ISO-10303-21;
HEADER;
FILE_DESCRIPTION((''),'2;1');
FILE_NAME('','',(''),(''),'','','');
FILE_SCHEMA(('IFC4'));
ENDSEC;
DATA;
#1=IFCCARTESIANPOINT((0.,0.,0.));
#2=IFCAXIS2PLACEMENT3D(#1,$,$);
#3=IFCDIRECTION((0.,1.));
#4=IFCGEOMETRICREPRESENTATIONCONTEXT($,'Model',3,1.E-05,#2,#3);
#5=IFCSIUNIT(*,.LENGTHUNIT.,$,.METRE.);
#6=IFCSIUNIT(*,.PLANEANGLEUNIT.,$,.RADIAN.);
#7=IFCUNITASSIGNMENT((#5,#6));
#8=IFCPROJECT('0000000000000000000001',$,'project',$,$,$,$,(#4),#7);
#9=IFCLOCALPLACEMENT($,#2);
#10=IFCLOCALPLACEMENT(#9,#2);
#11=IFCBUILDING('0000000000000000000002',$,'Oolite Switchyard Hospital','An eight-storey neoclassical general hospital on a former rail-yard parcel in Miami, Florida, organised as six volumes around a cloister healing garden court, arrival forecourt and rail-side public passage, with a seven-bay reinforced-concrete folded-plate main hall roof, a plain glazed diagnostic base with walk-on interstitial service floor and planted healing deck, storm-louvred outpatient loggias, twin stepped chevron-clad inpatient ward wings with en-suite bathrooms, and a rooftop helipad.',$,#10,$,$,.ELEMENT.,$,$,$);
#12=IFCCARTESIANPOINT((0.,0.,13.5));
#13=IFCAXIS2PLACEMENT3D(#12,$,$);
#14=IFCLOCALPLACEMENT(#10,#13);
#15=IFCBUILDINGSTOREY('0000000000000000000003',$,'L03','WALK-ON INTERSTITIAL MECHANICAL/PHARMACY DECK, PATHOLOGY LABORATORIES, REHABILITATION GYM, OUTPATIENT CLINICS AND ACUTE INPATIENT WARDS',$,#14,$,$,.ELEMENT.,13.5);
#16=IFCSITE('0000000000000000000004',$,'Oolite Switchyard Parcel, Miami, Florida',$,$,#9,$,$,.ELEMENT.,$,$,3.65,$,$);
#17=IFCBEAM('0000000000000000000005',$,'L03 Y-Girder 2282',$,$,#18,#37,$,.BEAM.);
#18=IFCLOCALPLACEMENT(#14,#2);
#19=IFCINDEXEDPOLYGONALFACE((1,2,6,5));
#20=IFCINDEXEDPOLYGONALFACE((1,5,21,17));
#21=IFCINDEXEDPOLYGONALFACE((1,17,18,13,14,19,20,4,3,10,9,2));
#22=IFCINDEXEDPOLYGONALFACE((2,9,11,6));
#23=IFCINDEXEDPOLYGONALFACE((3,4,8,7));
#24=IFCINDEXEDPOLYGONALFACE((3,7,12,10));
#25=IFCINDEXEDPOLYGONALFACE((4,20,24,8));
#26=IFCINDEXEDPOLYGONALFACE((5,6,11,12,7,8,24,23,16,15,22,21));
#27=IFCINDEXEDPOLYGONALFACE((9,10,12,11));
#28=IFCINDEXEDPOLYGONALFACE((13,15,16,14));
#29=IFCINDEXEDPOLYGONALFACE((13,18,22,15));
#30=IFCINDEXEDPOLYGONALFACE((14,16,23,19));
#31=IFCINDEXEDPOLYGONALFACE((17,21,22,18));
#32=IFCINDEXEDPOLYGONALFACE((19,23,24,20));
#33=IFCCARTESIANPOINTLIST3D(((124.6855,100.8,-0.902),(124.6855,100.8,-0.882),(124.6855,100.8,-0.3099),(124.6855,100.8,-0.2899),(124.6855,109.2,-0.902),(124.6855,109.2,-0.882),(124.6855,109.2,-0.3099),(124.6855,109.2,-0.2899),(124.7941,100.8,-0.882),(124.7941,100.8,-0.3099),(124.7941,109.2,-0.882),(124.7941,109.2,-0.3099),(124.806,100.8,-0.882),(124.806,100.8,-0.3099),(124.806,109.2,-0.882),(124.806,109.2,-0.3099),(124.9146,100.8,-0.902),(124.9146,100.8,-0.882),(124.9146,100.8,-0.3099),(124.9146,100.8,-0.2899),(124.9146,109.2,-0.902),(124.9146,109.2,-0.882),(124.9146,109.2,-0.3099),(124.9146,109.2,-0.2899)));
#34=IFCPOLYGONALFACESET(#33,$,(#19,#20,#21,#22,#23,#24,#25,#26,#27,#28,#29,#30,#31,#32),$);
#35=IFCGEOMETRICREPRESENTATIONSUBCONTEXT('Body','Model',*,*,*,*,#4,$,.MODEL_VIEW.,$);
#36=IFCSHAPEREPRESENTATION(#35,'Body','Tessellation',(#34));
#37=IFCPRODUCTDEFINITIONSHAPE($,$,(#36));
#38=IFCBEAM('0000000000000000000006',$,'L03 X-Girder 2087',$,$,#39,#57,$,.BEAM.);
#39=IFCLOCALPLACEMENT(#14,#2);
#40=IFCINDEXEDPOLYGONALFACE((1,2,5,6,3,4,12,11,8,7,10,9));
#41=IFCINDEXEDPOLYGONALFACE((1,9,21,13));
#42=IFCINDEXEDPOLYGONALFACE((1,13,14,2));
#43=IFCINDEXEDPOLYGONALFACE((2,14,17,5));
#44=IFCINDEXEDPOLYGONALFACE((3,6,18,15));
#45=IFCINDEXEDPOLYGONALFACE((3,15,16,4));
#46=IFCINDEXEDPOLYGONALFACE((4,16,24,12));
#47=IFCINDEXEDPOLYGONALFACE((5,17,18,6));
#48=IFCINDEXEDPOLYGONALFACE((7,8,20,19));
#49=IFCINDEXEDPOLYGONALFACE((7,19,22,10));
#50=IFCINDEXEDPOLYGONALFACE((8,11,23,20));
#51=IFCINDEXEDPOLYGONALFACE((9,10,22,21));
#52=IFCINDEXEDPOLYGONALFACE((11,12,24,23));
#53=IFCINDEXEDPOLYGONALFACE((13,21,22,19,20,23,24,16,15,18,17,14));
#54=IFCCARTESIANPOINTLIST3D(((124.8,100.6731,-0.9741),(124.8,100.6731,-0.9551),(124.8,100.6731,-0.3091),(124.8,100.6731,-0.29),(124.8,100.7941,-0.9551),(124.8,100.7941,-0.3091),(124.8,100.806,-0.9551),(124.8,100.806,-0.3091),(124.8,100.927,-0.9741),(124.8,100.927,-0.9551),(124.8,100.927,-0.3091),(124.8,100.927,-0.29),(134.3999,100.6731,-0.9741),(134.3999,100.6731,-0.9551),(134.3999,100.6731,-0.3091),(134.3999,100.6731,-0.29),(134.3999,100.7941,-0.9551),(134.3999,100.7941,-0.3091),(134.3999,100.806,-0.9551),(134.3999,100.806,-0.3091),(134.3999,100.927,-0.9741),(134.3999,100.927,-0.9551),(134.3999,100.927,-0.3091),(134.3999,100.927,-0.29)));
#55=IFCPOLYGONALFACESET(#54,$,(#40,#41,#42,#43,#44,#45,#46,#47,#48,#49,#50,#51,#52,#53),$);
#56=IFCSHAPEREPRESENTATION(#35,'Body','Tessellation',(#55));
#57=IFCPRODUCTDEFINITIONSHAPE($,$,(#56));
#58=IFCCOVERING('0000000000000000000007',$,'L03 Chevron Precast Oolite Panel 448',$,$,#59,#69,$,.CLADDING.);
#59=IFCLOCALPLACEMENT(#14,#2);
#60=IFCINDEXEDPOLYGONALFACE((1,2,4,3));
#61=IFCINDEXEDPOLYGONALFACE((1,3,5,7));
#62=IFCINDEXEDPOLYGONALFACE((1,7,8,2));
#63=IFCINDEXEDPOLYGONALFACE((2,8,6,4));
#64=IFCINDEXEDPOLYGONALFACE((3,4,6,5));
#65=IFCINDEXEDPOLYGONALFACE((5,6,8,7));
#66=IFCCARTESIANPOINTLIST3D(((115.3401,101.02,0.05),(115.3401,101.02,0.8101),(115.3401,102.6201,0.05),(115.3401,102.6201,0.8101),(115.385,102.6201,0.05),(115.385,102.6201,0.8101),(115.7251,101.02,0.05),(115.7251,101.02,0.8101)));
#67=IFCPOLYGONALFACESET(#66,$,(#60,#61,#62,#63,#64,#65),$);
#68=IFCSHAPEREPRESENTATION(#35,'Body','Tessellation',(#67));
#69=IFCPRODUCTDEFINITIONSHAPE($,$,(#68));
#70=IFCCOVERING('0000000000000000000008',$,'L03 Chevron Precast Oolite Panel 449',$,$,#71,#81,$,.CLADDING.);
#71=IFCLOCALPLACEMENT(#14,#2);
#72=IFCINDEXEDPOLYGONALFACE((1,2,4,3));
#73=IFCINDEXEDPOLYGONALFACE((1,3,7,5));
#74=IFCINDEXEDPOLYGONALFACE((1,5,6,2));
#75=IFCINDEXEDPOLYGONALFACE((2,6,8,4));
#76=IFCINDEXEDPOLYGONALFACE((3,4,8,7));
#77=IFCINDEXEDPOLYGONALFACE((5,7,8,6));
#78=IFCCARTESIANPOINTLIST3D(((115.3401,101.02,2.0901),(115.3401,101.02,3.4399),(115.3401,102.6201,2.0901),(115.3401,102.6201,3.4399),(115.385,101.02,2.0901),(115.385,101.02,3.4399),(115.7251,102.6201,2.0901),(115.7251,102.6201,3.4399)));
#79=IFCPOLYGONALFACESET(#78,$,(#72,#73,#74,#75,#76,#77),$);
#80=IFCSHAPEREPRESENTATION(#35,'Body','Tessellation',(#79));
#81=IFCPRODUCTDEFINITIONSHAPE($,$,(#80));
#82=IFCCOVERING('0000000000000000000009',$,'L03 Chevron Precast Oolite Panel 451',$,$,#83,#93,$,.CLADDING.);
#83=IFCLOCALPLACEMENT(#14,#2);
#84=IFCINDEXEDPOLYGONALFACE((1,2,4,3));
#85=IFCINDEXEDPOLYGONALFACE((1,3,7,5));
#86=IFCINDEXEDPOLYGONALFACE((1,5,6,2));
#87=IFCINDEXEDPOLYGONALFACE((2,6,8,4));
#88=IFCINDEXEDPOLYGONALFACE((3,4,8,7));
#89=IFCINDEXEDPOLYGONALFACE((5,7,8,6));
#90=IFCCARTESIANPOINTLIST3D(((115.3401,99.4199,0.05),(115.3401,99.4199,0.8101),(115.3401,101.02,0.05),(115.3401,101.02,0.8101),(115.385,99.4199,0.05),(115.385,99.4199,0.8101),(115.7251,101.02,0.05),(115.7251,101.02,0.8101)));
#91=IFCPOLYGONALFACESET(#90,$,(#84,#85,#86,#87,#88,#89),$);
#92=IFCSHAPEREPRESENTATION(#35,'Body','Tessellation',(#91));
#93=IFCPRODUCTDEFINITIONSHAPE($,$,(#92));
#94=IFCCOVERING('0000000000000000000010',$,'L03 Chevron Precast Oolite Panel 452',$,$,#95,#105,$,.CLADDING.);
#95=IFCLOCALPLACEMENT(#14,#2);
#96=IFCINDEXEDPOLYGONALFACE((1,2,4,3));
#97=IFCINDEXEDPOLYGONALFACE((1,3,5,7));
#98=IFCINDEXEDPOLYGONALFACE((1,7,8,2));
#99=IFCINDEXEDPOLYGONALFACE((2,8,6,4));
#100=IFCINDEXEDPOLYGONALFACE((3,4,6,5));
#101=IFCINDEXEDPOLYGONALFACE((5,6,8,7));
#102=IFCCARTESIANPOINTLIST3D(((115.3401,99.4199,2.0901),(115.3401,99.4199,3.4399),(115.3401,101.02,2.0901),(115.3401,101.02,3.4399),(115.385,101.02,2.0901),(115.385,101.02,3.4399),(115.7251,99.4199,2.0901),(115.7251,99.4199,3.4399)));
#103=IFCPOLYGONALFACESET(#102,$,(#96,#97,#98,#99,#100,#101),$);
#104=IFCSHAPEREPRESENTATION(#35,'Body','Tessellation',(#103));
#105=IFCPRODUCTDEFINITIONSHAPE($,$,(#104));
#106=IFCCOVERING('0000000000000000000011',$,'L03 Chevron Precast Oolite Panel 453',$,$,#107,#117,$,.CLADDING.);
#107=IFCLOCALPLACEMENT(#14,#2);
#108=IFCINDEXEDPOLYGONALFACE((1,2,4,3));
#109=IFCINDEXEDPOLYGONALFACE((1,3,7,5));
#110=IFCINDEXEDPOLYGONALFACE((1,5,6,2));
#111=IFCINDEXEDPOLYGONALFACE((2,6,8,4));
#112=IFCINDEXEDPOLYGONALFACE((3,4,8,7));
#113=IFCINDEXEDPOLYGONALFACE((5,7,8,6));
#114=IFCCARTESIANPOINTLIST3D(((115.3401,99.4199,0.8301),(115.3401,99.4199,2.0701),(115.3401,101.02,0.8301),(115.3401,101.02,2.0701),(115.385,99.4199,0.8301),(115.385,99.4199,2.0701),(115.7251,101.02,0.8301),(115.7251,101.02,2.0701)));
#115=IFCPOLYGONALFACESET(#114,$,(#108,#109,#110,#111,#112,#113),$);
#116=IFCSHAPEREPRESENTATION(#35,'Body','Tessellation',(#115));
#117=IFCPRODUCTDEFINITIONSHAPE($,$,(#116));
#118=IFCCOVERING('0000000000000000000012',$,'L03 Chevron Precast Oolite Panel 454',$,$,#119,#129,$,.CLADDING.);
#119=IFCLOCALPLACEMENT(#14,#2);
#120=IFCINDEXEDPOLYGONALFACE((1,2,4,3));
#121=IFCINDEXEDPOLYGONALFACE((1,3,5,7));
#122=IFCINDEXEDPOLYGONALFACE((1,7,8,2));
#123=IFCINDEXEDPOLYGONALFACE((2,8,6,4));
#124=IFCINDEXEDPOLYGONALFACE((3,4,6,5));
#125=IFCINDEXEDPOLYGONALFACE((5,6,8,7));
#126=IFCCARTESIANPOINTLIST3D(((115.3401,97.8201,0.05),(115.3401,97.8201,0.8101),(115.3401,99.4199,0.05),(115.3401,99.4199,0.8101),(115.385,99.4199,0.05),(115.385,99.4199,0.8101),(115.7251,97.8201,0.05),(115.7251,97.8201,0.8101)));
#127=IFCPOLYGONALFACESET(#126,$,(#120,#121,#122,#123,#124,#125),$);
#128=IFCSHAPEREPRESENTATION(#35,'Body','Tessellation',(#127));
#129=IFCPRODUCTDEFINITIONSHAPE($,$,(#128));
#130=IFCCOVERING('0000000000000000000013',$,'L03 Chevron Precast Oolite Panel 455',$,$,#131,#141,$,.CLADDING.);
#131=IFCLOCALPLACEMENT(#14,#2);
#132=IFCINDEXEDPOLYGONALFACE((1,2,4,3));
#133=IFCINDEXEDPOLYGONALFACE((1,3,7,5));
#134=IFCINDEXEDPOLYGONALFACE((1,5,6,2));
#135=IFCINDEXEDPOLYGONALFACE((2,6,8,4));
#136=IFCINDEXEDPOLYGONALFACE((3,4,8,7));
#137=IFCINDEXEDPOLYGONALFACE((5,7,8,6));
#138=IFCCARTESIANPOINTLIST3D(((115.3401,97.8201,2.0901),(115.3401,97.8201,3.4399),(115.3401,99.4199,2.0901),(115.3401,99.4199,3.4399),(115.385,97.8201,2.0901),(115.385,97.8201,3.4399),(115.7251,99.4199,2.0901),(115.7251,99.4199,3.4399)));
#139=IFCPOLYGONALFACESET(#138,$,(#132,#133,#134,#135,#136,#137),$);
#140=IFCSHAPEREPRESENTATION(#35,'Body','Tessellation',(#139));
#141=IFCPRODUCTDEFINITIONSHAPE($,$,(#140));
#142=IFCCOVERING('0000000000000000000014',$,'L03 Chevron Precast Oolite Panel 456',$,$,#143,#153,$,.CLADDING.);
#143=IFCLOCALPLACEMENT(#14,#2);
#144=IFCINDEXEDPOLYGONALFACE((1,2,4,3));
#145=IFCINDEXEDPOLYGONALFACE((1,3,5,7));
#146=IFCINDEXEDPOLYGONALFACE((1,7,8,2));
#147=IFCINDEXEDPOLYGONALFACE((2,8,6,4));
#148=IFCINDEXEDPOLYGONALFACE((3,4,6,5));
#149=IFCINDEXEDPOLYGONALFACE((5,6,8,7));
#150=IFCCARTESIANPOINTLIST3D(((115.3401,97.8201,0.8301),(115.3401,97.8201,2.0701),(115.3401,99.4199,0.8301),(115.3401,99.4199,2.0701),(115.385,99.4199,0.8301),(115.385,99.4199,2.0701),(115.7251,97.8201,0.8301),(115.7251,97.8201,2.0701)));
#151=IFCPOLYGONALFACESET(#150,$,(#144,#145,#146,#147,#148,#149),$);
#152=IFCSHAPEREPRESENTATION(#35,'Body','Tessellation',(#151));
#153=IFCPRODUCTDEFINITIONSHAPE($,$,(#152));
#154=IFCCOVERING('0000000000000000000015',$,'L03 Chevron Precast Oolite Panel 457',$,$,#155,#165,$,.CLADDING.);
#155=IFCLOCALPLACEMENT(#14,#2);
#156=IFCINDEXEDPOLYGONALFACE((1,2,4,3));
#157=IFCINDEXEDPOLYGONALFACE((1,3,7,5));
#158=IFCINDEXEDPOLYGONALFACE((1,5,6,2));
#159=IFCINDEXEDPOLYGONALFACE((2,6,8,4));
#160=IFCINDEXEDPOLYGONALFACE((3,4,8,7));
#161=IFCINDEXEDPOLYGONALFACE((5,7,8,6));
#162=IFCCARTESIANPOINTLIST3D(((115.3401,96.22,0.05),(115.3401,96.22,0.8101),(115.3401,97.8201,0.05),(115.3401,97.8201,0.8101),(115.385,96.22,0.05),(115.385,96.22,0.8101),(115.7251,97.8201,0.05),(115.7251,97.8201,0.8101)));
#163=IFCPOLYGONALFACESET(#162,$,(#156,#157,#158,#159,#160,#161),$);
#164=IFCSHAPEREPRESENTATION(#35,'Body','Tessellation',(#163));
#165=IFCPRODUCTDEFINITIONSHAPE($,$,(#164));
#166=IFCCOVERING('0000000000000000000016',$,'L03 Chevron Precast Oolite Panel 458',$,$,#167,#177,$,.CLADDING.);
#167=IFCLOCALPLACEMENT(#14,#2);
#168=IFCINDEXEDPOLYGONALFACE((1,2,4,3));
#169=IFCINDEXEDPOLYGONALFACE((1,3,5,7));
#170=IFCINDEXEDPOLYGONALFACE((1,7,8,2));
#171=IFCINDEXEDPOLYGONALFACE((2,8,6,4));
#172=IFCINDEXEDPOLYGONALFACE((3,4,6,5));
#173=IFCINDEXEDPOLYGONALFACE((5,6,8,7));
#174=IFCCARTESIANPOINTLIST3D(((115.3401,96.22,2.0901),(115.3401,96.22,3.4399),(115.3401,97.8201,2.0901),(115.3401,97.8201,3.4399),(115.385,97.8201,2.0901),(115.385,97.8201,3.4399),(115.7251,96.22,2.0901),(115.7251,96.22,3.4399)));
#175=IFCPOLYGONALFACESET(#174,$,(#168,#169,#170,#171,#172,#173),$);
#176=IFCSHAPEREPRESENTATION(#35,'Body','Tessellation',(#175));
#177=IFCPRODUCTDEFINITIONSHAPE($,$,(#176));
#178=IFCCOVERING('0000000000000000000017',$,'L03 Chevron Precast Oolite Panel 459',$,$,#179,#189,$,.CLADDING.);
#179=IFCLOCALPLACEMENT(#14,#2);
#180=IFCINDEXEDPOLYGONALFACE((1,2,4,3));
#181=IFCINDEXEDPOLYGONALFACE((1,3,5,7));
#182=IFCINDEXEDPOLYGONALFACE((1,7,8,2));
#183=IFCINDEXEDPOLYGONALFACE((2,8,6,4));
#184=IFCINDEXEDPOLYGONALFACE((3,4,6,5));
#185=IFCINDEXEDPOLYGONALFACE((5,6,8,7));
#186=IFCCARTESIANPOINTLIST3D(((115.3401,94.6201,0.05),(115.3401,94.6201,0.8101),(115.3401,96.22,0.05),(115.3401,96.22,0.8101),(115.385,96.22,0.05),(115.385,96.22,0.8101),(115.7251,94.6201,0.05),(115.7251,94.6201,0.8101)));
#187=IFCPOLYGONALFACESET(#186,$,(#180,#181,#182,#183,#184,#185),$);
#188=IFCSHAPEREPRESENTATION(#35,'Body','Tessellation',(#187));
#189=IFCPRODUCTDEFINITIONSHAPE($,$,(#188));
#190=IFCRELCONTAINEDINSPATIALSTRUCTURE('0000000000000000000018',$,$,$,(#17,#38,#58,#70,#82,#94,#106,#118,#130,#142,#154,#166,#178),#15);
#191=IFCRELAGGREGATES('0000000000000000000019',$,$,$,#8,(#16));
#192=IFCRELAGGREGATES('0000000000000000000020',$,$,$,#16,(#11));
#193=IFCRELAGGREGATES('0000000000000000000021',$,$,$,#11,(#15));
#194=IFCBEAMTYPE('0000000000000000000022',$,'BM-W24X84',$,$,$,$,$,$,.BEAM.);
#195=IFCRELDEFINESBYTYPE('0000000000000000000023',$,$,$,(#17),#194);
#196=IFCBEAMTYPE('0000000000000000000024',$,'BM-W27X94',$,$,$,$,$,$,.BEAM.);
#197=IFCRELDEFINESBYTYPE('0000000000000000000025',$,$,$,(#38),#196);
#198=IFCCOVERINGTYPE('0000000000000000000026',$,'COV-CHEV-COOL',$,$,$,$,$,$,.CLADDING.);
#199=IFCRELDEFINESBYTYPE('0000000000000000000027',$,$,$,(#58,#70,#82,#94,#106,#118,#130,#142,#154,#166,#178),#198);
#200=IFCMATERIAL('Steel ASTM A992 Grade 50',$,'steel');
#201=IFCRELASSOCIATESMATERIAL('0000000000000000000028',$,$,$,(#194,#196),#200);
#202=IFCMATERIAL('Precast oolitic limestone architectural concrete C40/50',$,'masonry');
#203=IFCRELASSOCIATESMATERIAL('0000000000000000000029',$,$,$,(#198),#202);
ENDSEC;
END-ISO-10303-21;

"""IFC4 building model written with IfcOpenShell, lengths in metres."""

from ifc_helpers import new_model, si_unit, direction, frame, origin, origin_2d, place, context, subcontext, project, spatial, polyline, i_section, outline, extrude, material, material_profile, profile_set, type_object, element, save


model = new_model("IFC4")

# Units and contexts
model_context = context("Model", 3, precision=1e-05, world=origin(), true_north=direction((0.0, 1.0)))
body_context = subcontext(model_context, "Body", "Model", "MODEL_VIEW")
ifc_project = project(units=[si_unit("LENGTHUNIT", "METRE"), si_unit("PLANEANGLEUNIT", "RADIAN")], contexts=[model_context])

# Site, building, storey
site_placement = place(None, origin())
site = spatial("IfcSite", under=ifc_project, at=site_placement, Name="Oolite Switchyard Parcel, Miami, Florida", CompositionType="ELEMENT", RefElevation=3.65)
building_placement = place(site_placement, origin())
building = spatial("IfcBuilding", under=site, at=building_placement, Name="Oolite Switchyard Hospital", Description="An eight-storey neoclassical general hospital on a former rail-yard parcel in Miami, Florida, organised as six volumes around a cloister healing garden court, arrival forecourt and rail-side public passage, with a seven-bay reinforced-concrete folded-plate main hall roof, a plain glazed diagnostic base with walk-on interstitial service floor and planted healing deck, storm-louvred outpatient loggias, twin stepped chevron-clad inpatient ward wings with en-suite bathrooms, and a rooftop helipad.", CompositionType="ELEMENT")
storey_placement = place(building_placement, frame((0.0, 0.0, 13.5)))
storey = spatial("IfcBuildingStorey", under=building, at=storey_placement, Name="L03", Description="WALK-ON INTERSTITIAL MECHANICAL/PHARMACY DECK, PATHOLOGY LABORATORIES, REHABILITATION GYM, OUTPATIENT CLINICS AND ACUTE INPATIENT WARDS", CompositionType="ELEMENT", Elevation=13.5)

# Beams
ifc_material_1 = material(Name="Steel ASTM A992 Grade 50", Category="steel")
ifc_material_profile_1 = material_profile(ifc_material_1, i_section(OverallWidth=0.229, OverallDepth=0.6121, WebThickness=0.012, FlangeThickness=0.02, at=origin_2d()), Name="W24X84")
ifc_profile_set_1 = profile_set([ifc_material_profile_1], Name="Steel ASTM A992 Grade 50")
beam_type_1 = type_object("IfcBeamType", Name="BM-W24X84", PredefinedType="BEAM", material=ifc_profile_set_1)
for number, where, z_axis, x_axis, name in (
    (1, (124.8, 100.8, -0.5959), (0.0, 1.0, 0.0), (-1.0, 0.0, 0.0), "L03 Y-Girder 2282"),
):
    element("IfcBeam", number, at=place(storey_placement, frame(where, z_axis=z_axis, x_axis=x_axis)), inside=storey, type_object=beam_type_1, Name=name, PredefinedType="BEAM", context=body_context, shape_type="SweptSolid", body=[
        extrude(i_section(OverallWidth=0.229, OverallDepth=0.6121, WebThickness=0.012, FlangeThickness=0.02, at=origin_2d()), origin(), (0.0, 0.0, 1.0), 8.3999),
    ])
ifc_material_profile_2 = material_profile(ifc_material_1, i_section(OverallWidth=0.2539, OverallDepth=0.6841, WebThickness=0.012, FlangeThickness=0.019, at=origin_2d()), Name="W27X94")
ifc_profile_set_2 = profile_set([ifc_material_profile_2], Name="Steel ASTM A992 Grade 50")
beam_type_2 = type_object("IfcBeamType", Name="BM-W27X94", PredefinedType="BEAM", material=ifc_profile_set_2)
beam_1_placement = place(storey_placement, frame((124.8, 100.8, -0.6321), z_axis=(1.0, 0.0, 0.0), x_axis=(0.0, 1.0, 0.0)))
element("IfcBeam", 2, at=beam_1_placement, inside=storey, type_object=beam_type_2, Name="L03 X-Girder 2087", PredefinedType="BEAM", context=body_context, shape_type="SweptSolid", body=[
    extrude(i_section(OverallWidth=0.2539, OverallDepth=0.6841, WebThickness=0.012, FlangeThickness=0.019, at=origin_2d()), origin(), (0.0, 0.0, 1.0), 9.5999),
])

# Coverings
ifc_material_2 = material(Name="Precast oolitic limestone architectural concrete C40/50", Category="masonry")
covering_type = type_object("IfcCoveringType", Name="COV-CHEV-COOL", PredefinedType="CLADDING", material=ifc_material_2)
covering_1_placement = place(storey_placement, frame((115.3401, 102.6201, 0.05), z_axis=(0.0, 0.0, 1.0), x_axis=(0.0, -1.0, 0.0)))
element("IfcCovering", 3, at=covering_1_placement, inside=storey, type_object=covering_type, Name="L03 Chevron Precast Oolite Panel 448", PredefinedType="CLADDING", context=body_context, shape_type="SweptSolid", body=[
    extrude(outline(polyline([(0.0, 0.0), (1.6001, 0.0), (1.6001, 0.385), (0.0, 0.0449), (0.0, 0.0)])), origin(), (0.0, 0.0, 1.0), 0.76),
])
covering_2_placement = place(storey_placement, frame((115.3401, 102.6201, 2.0901), z_axis=(0.0, 0.0, 1.0), x_axis=(0.0, -1.0, 0.0)))
element("IfcCovering", 4, at=covering_2_placement, inside=storey, type_object=covering_type, Name="L03 Chevron Precast Oolite Panel 449", PredefinedType="CLADDING", context=body_context, shape_type="SweptSolid", body=[
    extrude(outline(polyline([(0.0, 0.0), (1.6001, 0.0), (1.6001, 0.0449), (0.0, 0.385), (0.0, 0.0)])), origin(), (0.0, 0.0, 1.0), 1.3499),
])
covering_3_placement = place(storey_placement, frame((115.3401, 101.02, 0.05), z_axis=(0.0, 0.0, 1.0), x_axis=(0.0, -1.0, 0.0)))
element("IfcCovering", 5, at=covering_3_placement, inside=storey, type_object=covering_type, Name="L03 Chevron Precast Oolite Panel 451", PredefinedType="CLADDING", context=body_context, shape_type="SweptSolid", body=[
    extrude(outline(polyline([(0.0, 0.0), (1.6001, 0.0), (1.6001, 0.0449), (0.0, 0.385), (0.0, 0.0)])), origin(), (0.0, 0.0, 1.0), 0.76),
])
covering_4_placement = place(storey_placement, frame((115.3401, 101.02, 2.0901), z_axis=(0.0, 0.0, 1.0), x_axis=(0.0, -1.0, 0.0)))
element("IfcCovering", 6, at=covering_4_placement, inside=storey, type_object=covering_type, Name="L03 Chevron Precast Oolite Panel 452", PredefinedType="CLADDING", context=body_context, shape_type="SweptSolid", body=[
    extrude(outline(polyline([(0.0, 0.0), (1.6001, 0.0), (1.6001, 0.385), (0.0, 0.0449), (0.0, 0.0)])), origin(), (0.0, 0.0, 1.0), 1.3499),
])
covering_5_placement = place(storey_placement, frame((115.3401, 101.02, 0.8301), z_axis=(0.0, 0.0, 1.0), x_axis=(0.0, -1.0, 0.0)))
element("IfcCovering", 7, at=covering_5_placement, inside=storey, type_object=covering_type, Name="L03 Chevron Precast Oolite Panel 453", PredefinedType="CLADDING", context=body_context, shape_type="SweptSolid", body=[
    extrude(outline(polyline([(0.0, 0.0), (1.6001, 0.0), (1.6001, 0.0449), (0.0, 0.385), (0.0, 0.0)])), origin(), (0.0, 0.0, 1.0), 1.24),
])
covering_6_placement = place(storey_placement, frame((115.3401, 99.4199, 0.05), z_axis=(0.0, 0.0, 1.0), x_axis=(0.0, -1.0, 0.0)))
element("IfcCovering", 8, at=covering_6_placement, inside=storey, type_object=covering_type, Name="L03 Chevron Precast Oolite Panel 454", PredefinedType="CLADDING", context=body_context, shape_type="SweptSolid", body=[
    extrude(outline(polyline([(0.0, 0.0), (1.5999, 0.0), (1.5999, 0.385), (0.0, 0.0449), (0.0, 0.0)])), origin(), (0.0, 0.0, 1.0), 0.76),
])
covering_7_placement = place(storey_placement, frame((115.3401, 99.4199, 2.0901), z_axis=(0.0, 0.0, 1.0), x_axis=(0.0, -1.0, 0.0)))
element("IfcCovering", 9, at=covering_7_placement, inside=storey, type_object=covering_type, Name="L03 Chevron Precast Oolite Panel 455", PredefinedType="CLADDING", context=body_context, shape_type="SweptSolid", body=[
    extrude(outline(polyline([(0.0, 0.0), (1.5999, 0.0), (1.5999, 0.0449), (0.0, 0.385), (0.0, 0.0)])), origin(), (0.0, 0.0, 1.0), 1.3499),
])
covering_8_placement = place(storey_placement, frame((115.3401, 99.4199, 0.8301), z_axis=(0.0, 0.0, 1.0), x_axis=(0.0, -1.0, 0.0)))
element("IfcCovering", 10, at=covering_8_placement, inside=storey, type_object=covering_type, Name="L03 Chevron Precast Oolite Panel 456", PredefinedType="CLADDING", context=body_context, shape_type="SweptSolid", body=[
    extrude(outline(polyline([(0.0, 0.0), (1.5999, 0.0), (1.5999, 0.385), (0.0, 0.0449), (0.0, 0.0)])), origin(), (0.0, 0.0, 1.0), 1.24),
])
covering_9_placement = place(storey_placement, frame((115.3401, 97.8201, 0.05), z_axis=(0.0, 0.0, 1.0), x_axis=(0.0, -1.0, 0.0)))
element("IfcCovering", 11, at=covering_9_placement, inside=storey, type_object=covering_type, Name="L03 Chevron Precast Oolite Panel 457", PredefinedType="CLADDING", context=body_context, shape_type="SweptSolid", body=[
    extrude(outline(polyline([(0.0, 0.0), (1.6001, 0.0), (1.6001, 0.0449), (0.0, 0.385), (0.0, 0.0)])), origin(), (0.0, 0.0, 1.0), 0.76),
])
covering_10_placement = place(storey_placement, frame((115.3401, 97.8201, 2.0901), z_axis=(0.0, 0.0, 1.0), x_axis=(0.0, -1.0, 0.0)))
element("IfcCovering", 12, at=covering_10_placement, inside=storey, type_object=covering_type, Name="L03 Chevron Precast Oolite Panel 458", PredefinedType="CLADDING", context=body_context, shape_type="SweptSolid", body=[
    extrude(outline(polyline([(0.0, 0.0), (1.6001, 0.0), (1.6001, 0.385), (0.0, 0.0449), (0.0, 0.0)])), origin(), (0.0, 0.0, 1.0), 1.3499),
])
covering_11_placement = place(storey_placement, frame((115.3401, 96.22, 0.05), z_axis=(0.0, 0.0, 1.0), x_axis=(0.0, -1.0, 0.0)))
element("IfcCovering", 13, at=covering_11_placement, inside=storey, type_object=covering_type, Name="L03 Chevron Precast Oolite Panel 459", PredefinedType="CLADDING", context=body_context, shape_type="SweptSolid", body=[
    extrude(outline(polyline([(0.0, 0.0), (1.5999, 0.0), (1.5999, 0.385), (0.0, 0.0449), (0.0, 0.0)])), origin(), (0.0, 0.0, 1.0), 0.76),
])

save(model, "model.ifc")
